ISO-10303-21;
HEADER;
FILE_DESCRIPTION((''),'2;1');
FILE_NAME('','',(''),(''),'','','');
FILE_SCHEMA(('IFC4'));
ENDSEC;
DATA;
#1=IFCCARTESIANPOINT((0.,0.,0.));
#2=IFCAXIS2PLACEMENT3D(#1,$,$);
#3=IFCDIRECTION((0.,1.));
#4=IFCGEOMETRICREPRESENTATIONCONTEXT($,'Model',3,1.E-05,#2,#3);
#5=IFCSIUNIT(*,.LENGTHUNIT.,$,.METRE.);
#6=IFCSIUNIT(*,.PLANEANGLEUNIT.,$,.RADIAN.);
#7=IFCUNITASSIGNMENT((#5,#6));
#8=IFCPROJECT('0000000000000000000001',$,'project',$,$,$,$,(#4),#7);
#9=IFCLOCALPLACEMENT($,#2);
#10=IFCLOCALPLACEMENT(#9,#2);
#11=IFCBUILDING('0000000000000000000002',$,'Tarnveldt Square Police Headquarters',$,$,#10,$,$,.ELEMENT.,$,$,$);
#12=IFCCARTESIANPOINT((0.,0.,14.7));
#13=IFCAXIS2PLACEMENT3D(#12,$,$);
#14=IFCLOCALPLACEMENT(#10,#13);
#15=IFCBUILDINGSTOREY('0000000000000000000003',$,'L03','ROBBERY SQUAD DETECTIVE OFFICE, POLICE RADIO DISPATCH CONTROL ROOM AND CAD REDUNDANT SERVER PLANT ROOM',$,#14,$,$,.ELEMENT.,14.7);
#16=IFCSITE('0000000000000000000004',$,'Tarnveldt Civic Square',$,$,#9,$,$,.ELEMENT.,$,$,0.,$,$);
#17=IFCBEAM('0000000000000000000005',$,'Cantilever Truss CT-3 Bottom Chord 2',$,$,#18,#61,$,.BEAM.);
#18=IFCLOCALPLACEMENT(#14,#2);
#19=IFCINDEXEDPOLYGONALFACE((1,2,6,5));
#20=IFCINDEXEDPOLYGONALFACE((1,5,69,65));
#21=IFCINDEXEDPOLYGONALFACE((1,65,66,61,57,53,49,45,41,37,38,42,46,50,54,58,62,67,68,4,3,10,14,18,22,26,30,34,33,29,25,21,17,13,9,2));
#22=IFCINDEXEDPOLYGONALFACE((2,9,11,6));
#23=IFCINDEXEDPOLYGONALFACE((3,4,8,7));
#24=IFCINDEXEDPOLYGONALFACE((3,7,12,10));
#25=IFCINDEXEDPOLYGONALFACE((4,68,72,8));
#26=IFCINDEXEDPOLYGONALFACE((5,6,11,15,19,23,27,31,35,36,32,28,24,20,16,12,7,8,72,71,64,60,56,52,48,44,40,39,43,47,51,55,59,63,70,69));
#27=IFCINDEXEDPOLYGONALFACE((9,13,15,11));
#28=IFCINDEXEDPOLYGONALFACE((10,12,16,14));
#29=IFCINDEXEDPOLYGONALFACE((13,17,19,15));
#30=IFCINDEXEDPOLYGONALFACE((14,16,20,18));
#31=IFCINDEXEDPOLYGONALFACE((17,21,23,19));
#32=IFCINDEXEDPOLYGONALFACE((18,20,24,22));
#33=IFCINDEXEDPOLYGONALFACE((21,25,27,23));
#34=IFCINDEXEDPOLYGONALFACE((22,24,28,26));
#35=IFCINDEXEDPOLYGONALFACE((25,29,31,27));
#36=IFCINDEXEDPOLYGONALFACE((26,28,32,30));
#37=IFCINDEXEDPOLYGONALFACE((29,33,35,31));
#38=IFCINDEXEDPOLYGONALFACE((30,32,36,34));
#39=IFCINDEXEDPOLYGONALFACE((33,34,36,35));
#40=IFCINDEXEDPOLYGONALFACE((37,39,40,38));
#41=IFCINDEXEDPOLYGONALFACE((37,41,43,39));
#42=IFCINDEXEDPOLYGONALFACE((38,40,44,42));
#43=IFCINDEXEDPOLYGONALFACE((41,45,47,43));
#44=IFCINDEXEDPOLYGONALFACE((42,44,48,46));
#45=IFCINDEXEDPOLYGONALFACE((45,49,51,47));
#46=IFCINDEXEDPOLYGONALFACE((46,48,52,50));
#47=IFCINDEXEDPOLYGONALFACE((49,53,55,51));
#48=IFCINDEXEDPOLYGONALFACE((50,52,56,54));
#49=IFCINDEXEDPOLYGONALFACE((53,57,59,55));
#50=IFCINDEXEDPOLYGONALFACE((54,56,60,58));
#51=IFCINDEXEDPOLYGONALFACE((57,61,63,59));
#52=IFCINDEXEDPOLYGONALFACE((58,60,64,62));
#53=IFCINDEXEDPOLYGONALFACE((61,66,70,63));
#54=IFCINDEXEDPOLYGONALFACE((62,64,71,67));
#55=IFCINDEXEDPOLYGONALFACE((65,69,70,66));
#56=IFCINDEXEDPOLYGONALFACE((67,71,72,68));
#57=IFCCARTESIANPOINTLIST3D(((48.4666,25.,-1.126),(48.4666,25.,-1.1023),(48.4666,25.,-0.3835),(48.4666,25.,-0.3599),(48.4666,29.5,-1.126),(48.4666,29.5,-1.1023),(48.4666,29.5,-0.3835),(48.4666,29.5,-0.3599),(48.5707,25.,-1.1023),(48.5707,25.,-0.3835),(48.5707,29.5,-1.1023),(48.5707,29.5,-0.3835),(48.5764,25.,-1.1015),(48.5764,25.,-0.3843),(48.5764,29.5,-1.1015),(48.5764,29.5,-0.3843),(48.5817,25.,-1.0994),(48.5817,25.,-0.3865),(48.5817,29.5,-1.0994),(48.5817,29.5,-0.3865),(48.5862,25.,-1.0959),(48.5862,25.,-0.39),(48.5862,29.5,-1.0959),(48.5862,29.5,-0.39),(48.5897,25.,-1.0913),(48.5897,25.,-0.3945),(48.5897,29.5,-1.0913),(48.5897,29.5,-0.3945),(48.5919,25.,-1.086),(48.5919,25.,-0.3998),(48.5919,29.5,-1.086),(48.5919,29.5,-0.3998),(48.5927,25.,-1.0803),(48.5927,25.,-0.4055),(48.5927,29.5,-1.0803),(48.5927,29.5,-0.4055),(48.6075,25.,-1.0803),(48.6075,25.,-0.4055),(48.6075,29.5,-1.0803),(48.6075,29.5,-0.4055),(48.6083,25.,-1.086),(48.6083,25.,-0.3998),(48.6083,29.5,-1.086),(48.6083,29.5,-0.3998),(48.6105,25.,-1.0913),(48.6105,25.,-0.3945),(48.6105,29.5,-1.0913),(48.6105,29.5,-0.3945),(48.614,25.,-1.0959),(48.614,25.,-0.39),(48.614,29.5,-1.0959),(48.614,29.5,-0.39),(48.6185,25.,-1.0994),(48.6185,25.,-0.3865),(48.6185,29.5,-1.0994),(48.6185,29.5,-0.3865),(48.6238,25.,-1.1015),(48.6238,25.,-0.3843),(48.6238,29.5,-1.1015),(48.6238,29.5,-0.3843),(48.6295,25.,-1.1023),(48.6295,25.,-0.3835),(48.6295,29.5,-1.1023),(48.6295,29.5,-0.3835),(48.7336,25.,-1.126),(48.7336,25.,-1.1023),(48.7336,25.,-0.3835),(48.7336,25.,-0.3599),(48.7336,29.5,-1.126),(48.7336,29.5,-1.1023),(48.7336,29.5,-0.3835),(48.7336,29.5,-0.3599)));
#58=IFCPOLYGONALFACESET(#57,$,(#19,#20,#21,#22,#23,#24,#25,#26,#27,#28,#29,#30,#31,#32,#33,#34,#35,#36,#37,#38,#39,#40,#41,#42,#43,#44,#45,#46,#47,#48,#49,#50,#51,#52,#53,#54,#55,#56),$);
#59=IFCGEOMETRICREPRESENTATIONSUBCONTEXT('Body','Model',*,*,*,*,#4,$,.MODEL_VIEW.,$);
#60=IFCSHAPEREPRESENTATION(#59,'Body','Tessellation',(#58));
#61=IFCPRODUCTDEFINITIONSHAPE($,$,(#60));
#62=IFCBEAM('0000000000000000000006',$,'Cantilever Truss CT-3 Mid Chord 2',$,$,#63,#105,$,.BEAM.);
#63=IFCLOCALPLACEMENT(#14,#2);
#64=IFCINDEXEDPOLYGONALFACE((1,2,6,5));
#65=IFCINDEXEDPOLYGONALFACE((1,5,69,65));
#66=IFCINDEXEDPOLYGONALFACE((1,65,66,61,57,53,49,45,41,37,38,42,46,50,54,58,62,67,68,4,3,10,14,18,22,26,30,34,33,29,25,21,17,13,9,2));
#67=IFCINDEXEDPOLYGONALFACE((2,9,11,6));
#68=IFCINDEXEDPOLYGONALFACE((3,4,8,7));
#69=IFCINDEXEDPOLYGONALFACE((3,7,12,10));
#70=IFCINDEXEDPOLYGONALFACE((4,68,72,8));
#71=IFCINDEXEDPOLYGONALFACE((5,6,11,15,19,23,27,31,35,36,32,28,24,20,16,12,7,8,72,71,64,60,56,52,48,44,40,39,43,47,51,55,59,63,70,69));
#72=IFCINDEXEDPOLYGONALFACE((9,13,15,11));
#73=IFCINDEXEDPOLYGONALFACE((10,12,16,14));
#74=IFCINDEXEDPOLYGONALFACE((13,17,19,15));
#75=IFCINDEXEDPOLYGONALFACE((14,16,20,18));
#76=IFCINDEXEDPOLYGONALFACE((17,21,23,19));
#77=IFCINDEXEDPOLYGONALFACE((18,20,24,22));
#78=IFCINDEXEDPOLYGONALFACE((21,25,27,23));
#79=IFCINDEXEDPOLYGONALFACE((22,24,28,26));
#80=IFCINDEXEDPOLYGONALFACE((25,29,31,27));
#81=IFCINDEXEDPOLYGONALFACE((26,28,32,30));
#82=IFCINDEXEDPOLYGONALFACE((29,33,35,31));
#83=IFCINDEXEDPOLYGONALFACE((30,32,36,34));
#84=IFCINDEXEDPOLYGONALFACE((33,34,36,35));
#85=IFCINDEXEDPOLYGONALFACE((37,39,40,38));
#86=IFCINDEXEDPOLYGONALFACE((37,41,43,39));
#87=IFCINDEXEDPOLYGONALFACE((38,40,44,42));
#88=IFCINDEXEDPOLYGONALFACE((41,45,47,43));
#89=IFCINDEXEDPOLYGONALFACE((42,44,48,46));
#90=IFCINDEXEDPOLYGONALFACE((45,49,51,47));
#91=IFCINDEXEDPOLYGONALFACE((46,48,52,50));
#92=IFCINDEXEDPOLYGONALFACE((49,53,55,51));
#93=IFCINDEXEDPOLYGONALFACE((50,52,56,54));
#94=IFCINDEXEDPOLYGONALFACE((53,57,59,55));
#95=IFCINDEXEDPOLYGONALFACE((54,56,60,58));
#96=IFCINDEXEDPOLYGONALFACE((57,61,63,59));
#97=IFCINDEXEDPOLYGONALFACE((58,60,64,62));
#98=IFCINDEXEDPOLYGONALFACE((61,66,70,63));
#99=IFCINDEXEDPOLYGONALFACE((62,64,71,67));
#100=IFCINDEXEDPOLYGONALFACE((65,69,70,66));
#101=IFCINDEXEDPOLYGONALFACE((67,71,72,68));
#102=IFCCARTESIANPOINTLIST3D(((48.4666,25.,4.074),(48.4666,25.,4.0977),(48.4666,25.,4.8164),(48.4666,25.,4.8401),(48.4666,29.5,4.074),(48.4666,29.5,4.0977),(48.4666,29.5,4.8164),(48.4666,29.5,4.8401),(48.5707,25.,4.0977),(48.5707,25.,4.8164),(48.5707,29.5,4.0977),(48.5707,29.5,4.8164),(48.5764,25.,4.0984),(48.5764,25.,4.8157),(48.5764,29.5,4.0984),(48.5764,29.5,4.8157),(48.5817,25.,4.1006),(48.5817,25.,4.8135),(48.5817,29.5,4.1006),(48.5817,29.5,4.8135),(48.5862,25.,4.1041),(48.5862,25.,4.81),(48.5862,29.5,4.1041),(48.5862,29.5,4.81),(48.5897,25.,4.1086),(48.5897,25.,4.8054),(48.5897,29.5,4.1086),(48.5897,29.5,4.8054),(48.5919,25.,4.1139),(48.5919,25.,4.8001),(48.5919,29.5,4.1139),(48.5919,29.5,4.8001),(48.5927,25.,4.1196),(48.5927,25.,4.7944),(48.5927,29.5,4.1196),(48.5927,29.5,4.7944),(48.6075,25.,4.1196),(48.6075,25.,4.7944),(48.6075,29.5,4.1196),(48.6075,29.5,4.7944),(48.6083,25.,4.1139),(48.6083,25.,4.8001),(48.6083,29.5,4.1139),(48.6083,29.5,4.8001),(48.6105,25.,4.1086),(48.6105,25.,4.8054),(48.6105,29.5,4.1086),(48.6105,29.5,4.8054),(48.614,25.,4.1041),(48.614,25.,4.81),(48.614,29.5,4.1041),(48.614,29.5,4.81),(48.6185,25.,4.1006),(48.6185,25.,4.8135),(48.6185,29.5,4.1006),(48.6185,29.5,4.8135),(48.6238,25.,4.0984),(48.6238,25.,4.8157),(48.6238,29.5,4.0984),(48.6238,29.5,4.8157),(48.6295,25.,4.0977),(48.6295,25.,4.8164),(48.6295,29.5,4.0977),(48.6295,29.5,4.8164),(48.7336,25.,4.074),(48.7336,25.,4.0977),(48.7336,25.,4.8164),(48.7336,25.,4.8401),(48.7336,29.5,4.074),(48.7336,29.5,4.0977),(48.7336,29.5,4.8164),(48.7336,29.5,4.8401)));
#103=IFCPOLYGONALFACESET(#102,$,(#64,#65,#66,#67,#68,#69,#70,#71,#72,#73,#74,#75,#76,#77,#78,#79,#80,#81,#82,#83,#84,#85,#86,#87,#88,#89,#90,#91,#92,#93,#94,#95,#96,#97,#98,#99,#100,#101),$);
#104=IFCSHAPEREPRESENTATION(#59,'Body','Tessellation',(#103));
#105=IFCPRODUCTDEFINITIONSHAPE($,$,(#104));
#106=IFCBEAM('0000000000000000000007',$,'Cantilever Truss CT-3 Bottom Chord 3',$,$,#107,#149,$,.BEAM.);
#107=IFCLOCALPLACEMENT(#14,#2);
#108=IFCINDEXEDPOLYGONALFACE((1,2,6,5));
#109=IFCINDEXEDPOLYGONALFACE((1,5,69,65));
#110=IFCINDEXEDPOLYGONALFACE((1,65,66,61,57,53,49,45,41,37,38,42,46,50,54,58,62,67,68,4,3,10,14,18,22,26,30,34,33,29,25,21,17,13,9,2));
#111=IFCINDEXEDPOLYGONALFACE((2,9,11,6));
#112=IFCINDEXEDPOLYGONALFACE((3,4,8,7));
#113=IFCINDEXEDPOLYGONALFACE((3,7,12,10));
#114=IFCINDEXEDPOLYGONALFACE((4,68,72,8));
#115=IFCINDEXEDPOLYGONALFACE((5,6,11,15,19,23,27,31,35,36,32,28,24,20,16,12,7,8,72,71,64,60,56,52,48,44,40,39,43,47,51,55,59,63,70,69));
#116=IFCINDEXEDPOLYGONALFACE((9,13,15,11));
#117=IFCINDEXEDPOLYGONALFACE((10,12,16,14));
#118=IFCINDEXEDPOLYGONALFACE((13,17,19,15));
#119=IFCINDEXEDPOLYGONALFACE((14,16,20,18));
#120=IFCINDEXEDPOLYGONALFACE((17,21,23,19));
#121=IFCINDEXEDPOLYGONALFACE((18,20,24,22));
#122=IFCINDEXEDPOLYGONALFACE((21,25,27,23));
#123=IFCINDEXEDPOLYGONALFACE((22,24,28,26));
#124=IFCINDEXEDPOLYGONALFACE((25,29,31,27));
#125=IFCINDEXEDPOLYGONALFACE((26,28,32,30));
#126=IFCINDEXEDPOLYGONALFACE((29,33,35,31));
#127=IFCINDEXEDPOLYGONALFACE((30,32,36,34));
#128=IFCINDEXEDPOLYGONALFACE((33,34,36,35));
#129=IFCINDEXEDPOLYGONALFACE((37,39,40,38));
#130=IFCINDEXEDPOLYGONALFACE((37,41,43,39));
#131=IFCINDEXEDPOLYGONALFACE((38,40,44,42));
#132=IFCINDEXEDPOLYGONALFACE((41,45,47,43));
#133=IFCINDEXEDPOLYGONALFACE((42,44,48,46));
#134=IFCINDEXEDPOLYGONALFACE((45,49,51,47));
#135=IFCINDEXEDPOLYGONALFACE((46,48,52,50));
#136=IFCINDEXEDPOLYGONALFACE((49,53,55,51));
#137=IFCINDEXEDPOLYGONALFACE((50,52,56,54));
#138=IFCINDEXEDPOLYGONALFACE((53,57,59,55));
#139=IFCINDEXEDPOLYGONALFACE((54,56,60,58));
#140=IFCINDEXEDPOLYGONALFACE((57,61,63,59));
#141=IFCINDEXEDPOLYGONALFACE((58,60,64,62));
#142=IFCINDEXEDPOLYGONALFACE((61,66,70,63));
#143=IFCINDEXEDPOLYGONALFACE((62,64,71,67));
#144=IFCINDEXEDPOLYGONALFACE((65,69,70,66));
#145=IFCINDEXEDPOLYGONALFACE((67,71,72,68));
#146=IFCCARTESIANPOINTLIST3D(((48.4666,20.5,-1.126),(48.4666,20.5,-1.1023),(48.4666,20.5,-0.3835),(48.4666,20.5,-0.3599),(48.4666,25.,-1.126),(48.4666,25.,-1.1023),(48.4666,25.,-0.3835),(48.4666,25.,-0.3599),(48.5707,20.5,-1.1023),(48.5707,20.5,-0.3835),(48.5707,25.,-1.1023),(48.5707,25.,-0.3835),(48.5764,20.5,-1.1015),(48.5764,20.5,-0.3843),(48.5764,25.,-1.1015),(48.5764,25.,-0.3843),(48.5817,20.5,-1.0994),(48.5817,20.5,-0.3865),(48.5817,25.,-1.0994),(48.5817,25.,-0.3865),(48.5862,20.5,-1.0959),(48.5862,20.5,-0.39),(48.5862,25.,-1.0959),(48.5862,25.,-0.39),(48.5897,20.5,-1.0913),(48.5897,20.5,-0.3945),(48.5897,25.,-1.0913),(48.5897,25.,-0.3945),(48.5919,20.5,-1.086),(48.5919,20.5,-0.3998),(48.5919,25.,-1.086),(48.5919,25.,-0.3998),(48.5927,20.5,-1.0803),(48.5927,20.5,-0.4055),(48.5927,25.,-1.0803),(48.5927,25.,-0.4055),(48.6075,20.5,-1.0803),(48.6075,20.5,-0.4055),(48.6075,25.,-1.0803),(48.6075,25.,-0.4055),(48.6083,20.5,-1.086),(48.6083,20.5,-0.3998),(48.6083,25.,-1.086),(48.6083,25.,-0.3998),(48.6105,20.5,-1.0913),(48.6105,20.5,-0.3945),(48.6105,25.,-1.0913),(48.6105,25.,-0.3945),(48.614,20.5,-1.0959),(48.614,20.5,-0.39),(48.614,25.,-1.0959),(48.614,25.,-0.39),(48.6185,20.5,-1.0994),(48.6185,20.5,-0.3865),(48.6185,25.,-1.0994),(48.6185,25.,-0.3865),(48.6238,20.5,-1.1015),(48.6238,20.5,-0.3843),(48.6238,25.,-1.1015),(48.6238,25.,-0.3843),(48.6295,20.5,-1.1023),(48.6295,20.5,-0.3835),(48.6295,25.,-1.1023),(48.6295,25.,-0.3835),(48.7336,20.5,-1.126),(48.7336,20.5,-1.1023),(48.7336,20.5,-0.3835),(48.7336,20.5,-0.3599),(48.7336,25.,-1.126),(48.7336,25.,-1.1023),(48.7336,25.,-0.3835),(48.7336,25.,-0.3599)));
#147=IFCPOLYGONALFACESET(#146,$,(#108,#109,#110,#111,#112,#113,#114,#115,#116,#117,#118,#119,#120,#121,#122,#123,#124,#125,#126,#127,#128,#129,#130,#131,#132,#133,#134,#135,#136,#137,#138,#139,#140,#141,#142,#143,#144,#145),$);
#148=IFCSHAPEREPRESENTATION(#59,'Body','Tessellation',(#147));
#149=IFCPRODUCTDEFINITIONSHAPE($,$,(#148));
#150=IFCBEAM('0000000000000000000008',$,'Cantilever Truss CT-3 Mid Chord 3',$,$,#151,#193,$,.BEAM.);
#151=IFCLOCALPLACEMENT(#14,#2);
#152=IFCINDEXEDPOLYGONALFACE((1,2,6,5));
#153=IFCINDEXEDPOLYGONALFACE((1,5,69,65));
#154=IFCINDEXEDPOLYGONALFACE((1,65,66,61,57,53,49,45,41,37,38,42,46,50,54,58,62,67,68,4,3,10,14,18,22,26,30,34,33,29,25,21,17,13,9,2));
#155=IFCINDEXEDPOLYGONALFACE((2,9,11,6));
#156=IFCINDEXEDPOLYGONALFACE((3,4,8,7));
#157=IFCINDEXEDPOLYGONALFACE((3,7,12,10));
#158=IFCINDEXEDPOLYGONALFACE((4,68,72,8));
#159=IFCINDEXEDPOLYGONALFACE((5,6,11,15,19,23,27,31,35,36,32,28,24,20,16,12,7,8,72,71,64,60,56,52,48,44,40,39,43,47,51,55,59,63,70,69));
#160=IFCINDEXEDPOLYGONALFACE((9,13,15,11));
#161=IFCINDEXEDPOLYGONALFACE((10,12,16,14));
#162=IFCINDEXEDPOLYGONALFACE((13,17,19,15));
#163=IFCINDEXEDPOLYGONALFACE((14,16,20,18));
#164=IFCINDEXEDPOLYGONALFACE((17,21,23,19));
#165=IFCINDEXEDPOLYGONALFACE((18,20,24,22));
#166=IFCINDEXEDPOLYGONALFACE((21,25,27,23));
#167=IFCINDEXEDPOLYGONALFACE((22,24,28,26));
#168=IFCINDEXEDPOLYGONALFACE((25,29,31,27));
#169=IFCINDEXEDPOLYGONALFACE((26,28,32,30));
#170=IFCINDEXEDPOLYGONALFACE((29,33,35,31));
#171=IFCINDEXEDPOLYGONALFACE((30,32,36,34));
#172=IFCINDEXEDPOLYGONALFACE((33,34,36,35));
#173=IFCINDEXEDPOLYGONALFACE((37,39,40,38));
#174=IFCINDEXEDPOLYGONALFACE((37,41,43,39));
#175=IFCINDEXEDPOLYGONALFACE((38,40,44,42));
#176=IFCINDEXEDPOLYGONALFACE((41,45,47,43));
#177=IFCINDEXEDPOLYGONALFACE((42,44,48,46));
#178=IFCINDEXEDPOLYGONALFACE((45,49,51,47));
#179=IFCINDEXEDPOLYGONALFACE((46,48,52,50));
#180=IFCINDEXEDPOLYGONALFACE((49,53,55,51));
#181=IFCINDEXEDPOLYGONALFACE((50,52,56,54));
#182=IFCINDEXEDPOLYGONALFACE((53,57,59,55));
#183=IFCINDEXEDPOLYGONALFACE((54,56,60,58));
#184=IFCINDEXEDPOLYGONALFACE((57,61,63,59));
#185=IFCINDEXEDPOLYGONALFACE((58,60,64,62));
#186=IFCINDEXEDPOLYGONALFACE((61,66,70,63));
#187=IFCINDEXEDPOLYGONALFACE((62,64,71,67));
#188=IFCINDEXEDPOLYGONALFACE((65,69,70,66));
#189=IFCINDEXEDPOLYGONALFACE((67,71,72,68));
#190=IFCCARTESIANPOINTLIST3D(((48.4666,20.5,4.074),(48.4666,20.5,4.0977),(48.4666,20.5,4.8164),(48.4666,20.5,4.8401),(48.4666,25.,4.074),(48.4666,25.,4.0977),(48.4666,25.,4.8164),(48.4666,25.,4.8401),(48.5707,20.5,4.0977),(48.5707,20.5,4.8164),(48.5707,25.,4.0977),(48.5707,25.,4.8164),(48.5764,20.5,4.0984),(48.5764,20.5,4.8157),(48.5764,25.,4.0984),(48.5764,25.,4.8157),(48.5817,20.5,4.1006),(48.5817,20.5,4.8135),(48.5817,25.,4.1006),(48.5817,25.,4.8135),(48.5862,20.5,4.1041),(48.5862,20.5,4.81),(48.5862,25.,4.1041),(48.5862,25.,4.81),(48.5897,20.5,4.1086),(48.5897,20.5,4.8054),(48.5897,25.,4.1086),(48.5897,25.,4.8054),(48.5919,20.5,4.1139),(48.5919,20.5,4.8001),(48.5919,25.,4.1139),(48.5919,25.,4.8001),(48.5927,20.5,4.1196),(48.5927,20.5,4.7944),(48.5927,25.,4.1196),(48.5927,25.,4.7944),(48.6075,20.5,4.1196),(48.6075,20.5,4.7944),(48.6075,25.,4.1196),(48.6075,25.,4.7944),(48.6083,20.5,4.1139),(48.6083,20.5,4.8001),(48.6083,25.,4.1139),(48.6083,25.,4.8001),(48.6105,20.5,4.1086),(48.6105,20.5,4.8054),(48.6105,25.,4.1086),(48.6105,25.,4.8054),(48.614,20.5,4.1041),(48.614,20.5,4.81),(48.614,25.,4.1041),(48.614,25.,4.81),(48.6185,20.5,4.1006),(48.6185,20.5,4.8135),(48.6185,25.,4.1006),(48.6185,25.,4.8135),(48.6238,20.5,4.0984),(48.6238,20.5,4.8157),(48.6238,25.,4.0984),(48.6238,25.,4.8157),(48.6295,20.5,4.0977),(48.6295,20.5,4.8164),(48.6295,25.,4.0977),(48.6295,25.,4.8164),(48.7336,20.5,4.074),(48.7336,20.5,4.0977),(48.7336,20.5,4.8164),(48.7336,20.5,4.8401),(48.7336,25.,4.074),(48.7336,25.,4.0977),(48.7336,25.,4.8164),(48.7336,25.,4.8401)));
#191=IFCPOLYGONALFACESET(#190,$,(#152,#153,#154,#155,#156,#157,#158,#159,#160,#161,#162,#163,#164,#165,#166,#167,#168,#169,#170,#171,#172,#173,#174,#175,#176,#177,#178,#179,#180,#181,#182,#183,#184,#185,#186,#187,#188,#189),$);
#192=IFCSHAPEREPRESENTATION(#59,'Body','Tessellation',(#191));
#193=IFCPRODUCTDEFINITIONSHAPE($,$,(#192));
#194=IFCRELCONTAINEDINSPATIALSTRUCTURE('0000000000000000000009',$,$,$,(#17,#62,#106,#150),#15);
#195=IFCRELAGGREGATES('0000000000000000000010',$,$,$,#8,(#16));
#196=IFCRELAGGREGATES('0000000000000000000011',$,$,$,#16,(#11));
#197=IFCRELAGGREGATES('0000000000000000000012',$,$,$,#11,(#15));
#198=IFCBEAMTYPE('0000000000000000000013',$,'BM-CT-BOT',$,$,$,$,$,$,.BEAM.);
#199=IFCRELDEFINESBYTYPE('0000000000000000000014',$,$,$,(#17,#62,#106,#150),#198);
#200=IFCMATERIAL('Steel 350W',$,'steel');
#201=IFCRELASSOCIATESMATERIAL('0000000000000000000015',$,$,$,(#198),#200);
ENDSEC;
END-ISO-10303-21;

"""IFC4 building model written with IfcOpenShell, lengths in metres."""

from ifc_helpers import new_model, si_unit, direction, frame, origin, origin_2d, place, context, subcontext, project, spatial, i_section, extrude, material, material_profile, profile_set, type_object, element, save


model = new_model("IFC4")

# Units and contexts
model_context = context("Model", 3, precision=1e-05, world=origin(), true_north=direction((0.0, 1.0)))
body_context = subcontext(model_context, "Body", "Model", "MODEL_VIEW")
ifc_project = project(units=[si_unit("LENGTHUNIT", "METRE"), si_unit("PLANEANGLEUNIT", "RADIAN")], contexts=[model_context])

# Site, building, storey
site_placement = place(None, origin())
site = spatial("IfcSite", under=ifc_project, at=site_placement, Name="Tarnveldt Civic Square", CompositionType="ELEMENT", RefElevation=0.0)
building_placement = place(site_placement, origin())
building = spatial("IfcBuilding", under=site, at=building_placement, Name="Tarnveldt Square Police Headquarters", CompositionType="ELEMENT")
storey_placement = place(building_placement, frame((0.0, 0.0, 14.7)))
storey = spatial("IfcBuildingStorey", under=building, at=storey_placement, Name="L03", Description="ROBBERY SQUAD DETECTIVE OFFICE, POLICE RADIO DISPATCH CONTROL ROOM AND CAD REDUNDANT SERVER PLANT ROOM", CompositionType="ELEMENT", Elevation=14.7)

# Beams
ifc_material_1 = material(Name="Steel 350W", Category="steel")
ifc_material_profile_1 = material_profile(ifc_material_1, i_section(OverallWidth=0.2671, OverallDepth=0.7661, WebThickness=0.0149, FlangeThickness=0.0237, FilletRadius=0.022, at=origin_2d()), Name="W760x185")
ifc_profile_set_1 = profile_set([ifc_material_profile_1], Name="Steel 350W")
beam_type_1 = type_object("IfcBeamType", Name="BM-CT-BOT", PredefinedType="BEAM", material=ifc_profile_set_1)
for number, where, z_axis, x_axis, name in (
    (1, (48.6001, 29.5, -0.7429), (0.0, -1.0, 0.0), (1.0, 0.0, 0.0), "Cantilever Truss CT-3 Bottom Chord 2"),
    (2, (48.6001, 29.5, 4.457), (0.0, -1.0, 0.0), (1.0, 0.0, 0.0), "Cantilever Truss CT-3 Mid Chord 2"),
    (3, (48.6001, 25.0, -0.7429), (0.0, -1.0, 0.0), (1.0, 0.0, 0.0), "Cantilever Truss CT-3 Bottom Chord 3"),
    (4, (48.6001, 25.0, 4.457), (0.0, -1.0, 0.0), (1.0, 0.0, 0.0), "Cantilever Truss CT-3 Mid Chord 3"),
):
    element("IfcBeam", number, at=place(storey_placement, frame(where, z_axis=z_axis, x_axis=x_axis)), inside=storey, type_object=beam_type_1, Name=name, PredefinedType="BEAM", context=body_context, shape_type="SweptSolid", body=[
        extrude(i_section(OverallWidth=0.2671, OverallDepth=0.7661, WebThickness=0.0149, FlangeThickness=0.0237, FilletRadius=0.022, at=origin_2d()), origin(), (0.0, 0.0, 1.0), 4.5),
    ])

save(model, "model.ifc")
